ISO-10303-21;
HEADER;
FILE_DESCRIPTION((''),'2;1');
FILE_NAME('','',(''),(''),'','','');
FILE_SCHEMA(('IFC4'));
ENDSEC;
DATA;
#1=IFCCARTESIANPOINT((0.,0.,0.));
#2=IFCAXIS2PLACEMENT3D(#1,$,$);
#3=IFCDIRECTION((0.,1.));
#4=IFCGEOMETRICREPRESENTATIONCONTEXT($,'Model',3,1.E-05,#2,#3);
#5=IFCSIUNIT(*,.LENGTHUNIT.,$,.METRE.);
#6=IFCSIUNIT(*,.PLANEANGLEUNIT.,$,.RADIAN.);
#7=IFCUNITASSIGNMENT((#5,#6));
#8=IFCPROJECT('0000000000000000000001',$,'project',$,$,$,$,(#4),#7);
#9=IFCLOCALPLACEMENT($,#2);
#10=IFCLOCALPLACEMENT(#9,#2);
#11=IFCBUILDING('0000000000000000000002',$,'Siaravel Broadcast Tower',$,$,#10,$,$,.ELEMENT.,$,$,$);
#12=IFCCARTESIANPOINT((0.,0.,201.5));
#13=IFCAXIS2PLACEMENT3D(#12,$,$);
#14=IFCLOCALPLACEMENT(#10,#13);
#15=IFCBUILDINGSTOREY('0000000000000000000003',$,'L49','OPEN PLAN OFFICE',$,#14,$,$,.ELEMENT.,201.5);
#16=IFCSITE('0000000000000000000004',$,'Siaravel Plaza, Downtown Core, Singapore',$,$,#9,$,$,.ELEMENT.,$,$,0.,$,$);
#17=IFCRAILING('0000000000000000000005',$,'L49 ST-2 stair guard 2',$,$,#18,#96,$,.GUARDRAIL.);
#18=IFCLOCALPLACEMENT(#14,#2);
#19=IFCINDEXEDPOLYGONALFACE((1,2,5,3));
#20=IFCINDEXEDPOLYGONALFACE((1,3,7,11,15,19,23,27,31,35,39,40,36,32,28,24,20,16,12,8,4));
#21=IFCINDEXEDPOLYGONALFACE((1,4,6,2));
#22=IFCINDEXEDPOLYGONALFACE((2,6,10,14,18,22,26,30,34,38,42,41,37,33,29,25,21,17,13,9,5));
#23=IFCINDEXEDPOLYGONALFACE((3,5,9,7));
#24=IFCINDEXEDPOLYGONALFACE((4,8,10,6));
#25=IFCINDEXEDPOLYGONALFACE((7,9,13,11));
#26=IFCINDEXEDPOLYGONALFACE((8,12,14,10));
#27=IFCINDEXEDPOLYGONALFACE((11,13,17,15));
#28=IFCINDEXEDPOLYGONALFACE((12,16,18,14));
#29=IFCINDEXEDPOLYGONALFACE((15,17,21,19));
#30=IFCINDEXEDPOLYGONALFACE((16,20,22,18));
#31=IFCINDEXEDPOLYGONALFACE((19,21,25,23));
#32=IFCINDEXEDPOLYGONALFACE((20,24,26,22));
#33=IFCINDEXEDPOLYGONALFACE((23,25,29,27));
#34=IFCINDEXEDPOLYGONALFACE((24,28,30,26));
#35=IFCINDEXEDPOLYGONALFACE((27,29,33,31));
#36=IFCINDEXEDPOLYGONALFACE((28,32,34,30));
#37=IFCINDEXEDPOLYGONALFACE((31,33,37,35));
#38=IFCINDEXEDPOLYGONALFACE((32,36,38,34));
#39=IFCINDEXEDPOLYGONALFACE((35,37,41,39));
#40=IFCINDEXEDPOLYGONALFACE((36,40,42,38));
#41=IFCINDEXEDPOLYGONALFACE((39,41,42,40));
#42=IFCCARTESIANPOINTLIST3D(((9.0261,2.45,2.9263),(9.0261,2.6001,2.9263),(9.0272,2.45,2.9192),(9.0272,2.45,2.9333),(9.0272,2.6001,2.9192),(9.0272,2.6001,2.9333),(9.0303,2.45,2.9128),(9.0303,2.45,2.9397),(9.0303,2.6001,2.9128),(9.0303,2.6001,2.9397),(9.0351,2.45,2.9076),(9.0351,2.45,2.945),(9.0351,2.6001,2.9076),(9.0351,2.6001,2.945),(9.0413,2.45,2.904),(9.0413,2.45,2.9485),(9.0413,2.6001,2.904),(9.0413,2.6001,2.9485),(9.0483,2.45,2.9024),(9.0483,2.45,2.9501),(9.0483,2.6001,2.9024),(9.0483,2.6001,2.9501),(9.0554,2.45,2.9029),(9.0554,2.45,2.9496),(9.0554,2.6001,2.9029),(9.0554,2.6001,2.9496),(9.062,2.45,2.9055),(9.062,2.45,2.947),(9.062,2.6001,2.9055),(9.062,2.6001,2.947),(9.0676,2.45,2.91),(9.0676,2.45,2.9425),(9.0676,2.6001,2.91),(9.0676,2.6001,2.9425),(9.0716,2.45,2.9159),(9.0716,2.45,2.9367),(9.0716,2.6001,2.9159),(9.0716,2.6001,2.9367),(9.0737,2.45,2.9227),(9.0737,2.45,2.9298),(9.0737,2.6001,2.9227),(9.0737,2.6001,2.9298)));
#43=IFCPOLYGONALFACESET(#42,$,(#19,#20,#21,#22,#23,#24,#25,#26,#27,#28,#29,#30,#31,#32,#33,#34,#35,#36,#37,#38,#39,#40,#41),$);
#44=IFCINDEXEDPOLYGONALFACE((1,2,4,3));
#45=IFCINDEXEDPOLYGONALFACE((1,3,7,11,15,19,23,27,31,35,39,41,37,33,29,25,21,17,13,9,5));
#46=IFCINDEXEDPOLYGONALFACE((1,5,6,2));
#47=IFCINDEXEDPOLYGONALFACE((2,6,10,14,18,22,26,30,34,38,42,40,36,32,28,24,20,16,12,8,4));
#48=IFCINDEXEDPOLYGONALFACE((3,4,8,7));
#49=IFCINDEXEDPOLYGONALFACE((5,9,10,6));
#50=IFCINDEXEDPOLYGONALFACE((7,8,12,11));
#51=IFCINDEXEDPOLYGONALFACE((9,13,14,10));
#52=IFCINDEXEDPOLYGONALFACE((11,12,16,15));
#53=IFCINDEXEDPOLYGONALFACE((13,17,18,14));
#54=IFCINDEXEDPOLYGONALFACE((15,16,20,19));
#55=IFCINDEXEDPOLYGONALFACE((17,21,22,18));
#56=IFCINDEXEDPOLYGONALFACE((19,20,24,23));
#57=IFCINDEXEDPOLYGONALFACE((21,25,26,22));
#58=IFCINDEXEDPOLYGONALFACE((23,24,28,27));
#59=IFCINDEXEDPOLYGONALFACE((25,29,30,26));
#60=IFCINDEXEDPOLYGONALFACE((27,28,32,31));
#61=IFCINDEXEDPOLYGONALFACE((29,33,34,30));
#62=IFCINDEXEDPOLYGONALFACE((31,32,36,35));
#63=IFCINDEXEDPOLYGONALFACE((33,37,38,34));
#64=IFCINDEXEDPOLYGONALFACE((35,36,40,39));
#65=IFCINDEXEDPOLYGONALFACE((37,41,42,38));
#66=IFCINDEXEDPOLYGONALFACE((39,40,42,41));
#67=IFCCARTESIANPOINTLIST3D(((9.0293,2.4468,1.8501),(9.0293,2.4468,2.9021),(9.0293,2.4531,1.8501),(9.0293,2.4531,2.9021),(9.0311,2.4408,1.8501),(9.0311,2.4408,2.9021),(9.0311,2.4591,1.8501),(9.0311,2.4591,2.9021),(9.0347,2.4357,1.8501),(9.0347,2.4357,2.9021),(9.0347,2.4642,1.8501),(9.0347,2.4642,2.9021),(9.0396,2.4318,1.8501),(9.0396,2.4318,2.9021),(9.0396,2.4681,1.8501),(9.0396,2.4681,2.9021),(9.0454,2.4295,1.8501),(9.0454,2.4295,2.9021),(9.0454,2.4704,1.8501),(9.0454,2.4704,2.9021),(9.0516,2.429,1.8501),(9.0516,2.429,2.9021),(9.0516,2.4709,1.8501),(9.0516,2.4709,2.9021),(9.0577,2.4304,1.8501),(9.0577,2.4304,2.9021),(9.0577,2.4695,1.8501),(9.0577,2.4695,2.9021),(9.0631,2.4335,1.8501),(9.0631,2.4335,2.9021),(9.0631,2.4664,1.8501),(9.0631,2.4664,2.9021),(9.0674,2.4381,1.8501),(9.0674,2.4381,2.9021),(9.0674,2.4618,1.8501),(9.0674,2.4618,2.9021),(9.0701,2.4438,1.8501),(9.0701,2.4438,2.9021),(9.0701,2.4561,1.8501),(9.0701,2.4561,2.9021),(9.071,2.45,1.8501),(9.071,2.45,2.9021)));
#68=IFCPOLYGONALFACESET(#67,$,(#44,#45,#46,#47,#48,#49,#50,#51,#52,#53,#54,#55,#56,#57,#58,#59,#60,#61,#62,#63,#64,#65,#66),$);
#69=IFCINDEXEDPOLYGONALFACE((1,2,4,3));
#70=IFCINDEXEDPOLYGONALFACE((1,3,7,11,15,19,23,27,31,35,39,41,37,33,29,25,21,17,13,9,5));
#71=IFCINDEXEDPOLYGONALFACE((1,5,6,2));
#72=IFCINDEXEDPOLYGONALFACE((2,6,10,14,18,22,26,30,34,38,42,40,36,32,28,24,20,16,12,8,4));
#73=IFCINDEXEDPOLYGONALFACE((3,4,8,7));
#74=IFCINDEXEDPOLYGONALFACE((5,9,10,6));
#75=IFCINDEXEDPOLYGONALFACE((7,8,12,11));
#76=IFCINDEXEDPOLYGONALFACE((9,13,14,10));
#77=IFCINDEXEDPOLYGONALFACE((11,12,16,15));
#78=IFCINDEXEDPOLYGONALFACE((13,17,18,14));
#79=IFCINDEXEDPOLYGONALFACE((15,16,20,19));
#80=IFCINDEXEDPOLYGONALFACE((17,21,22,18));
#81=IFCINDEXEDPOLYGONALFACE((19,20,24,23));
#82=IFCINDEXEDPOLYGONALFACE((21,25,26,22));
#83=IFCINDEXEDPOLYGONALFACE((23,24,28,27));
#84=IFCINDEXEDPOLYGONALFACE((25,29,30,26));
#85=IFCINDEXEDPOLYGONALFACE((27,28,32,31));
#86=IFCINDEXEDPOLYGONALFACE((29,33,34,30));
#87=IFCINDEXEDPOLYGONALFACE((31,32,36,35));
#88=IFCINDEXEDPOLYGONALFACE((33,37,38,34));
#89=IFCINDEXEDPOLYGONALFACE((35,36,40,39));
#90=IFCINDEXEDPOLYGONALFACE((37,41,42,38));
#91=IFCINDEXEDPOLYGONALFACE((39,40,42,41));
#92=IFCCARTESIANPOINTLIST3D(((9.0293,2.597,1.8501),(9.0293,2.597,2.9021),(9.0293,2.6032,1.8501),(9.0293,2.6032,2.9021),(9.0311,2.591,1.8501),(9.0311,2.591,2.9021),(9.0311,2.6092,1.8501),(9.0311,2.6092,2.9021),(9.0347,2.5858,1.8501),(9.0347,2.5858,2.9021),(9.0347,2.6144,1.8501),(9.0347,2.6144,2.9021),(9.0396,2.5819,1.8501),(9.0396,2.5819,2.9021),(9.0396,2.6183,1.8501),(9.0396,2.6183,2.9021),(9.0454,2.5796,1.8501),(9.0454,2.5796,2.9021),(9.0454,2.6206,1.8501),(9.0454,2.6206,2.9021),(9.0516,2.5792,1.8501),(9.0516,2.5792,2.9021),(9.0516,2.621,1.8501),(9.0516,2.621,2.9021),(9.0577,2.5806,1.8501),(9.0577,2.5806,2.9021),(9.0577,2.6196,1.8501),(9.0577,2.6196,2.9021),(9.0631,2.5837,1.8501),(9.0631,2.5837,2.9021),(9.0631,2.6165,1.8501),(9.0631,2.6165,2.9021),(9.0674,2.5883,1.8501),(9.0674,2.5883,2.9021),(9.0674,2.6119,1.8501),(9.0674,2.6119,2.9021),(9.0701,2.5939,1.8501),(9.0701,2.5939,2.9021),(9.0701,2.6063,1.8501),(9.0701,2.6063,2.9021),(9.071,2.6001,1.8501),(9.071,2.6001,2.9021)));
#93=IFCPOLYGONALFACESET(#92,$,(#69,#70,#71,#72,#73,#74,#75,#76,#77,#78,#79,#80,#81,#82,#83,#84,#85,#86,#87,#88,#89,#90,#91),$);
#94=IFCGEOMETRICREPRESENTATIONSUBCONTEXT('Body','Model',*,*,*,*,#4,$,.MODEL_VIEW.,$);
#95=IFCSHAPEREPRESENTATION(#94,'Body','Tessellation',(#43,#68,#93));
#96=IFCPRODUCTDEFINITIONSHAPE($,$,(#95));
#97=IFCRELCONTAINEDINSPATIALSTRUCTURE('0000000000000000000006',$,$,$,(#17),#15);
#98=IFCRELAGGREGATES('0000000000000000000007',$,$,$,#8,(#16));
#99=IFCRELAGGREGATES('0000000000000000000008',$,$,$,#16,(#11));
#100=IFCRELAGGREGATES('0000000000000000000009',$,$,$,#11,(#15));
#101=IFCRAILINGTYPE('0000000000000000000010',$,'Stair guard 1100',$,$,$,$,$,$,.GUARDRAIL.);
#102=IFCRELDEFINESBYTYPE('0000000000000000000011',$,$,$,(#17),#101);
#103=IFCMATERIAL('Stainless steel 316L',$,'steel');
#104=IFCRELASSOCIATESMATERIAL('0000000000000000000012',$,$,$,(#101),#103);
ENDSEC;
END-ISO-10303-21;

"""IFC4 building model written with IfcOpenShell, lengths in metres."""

from ifc_helpers import new_model, si_unit, direction, frame, origin, origin_2d, place, context, subcontext, project, spatial, circle, extrude, material, type_object, element, save


model = new_model("IFC4")

# Units and contexts
model_context = context("Model", 3, precision=1e-05, world=origin(), true_north=direction((0.0, 1.0)))
body_context = subcontext(model_context, "Body", "Model", "MODEL_VIEW")
ifc_project = project(units=[si_unit("LENGTHUNIT", "METRE"), si_unit("PLANEANGLEUNIT", "RADIAN")], contexts=[model_context])

# Site, building, storey
site_placement = place(None, origin())
site = spatial("IfcSite", under=ifc_project, at=site_placement, Name="Siaravel Plaza, Downtown Core, Singapore", CompositionType="ELEMENT", RefElevation=0.0)
building_placement = place(site_placement, origin())
building = spatial("IfcBuilding", under=site, at=building_placement, Name="Siaravel Broadcast Tower", CompositionType="ELEMENT")
storey_placement = place(building_placement, frame((0.0, 0.0, 201.5)))
storey = spatial("IfcBuildingStorey", under=building, at=storey_placement, Name="L49", Description="OPEN PLAN OFFICE", CompositionType="ELEMENT", Elevation=201.5)

# Railing
ifc_material_1 = material(Name="Stainless steel 316L", Category="steel")
railing_type_1 = type_object("IfcRailingType", Name="Stair guard 1100", PredefinedType="GUARDRAIL", material=ifc_material_1)
railing_1_placement = place(storey_placement, frame((9.05, 2.45, 1.8501)))
element("IfcRailing", 1, at=railing_1_placement, inside=storey, type_object=railing_type_1, Name="L49 ST-2 stair guard 2", PredefinedType="GUARDRAIL", context=body_context, shape_type="SweptSolid", body=[
    extrude(circle(Radius=0.0239, at=origin_2d()), frame((0.0, 0.0, 1.0762), z_axis=(0.0, 1.0, 0.0), x_axis=(-1.0, 0.0, 0.0)), (0.0, 0.0, 1.0), 0.1501),
    extrude(circle(Radius=0.021, at=origin_2d()), origin(), (0.0, 0.0, 1.0), 1.052),
    extrude(circle(Radius=0.021, at=origin_2d()), frame((0.0, 0.1501, 0.0)), (0.0, 0.0, 1.0), 1.052),
])

save(model, "model.ifc")
